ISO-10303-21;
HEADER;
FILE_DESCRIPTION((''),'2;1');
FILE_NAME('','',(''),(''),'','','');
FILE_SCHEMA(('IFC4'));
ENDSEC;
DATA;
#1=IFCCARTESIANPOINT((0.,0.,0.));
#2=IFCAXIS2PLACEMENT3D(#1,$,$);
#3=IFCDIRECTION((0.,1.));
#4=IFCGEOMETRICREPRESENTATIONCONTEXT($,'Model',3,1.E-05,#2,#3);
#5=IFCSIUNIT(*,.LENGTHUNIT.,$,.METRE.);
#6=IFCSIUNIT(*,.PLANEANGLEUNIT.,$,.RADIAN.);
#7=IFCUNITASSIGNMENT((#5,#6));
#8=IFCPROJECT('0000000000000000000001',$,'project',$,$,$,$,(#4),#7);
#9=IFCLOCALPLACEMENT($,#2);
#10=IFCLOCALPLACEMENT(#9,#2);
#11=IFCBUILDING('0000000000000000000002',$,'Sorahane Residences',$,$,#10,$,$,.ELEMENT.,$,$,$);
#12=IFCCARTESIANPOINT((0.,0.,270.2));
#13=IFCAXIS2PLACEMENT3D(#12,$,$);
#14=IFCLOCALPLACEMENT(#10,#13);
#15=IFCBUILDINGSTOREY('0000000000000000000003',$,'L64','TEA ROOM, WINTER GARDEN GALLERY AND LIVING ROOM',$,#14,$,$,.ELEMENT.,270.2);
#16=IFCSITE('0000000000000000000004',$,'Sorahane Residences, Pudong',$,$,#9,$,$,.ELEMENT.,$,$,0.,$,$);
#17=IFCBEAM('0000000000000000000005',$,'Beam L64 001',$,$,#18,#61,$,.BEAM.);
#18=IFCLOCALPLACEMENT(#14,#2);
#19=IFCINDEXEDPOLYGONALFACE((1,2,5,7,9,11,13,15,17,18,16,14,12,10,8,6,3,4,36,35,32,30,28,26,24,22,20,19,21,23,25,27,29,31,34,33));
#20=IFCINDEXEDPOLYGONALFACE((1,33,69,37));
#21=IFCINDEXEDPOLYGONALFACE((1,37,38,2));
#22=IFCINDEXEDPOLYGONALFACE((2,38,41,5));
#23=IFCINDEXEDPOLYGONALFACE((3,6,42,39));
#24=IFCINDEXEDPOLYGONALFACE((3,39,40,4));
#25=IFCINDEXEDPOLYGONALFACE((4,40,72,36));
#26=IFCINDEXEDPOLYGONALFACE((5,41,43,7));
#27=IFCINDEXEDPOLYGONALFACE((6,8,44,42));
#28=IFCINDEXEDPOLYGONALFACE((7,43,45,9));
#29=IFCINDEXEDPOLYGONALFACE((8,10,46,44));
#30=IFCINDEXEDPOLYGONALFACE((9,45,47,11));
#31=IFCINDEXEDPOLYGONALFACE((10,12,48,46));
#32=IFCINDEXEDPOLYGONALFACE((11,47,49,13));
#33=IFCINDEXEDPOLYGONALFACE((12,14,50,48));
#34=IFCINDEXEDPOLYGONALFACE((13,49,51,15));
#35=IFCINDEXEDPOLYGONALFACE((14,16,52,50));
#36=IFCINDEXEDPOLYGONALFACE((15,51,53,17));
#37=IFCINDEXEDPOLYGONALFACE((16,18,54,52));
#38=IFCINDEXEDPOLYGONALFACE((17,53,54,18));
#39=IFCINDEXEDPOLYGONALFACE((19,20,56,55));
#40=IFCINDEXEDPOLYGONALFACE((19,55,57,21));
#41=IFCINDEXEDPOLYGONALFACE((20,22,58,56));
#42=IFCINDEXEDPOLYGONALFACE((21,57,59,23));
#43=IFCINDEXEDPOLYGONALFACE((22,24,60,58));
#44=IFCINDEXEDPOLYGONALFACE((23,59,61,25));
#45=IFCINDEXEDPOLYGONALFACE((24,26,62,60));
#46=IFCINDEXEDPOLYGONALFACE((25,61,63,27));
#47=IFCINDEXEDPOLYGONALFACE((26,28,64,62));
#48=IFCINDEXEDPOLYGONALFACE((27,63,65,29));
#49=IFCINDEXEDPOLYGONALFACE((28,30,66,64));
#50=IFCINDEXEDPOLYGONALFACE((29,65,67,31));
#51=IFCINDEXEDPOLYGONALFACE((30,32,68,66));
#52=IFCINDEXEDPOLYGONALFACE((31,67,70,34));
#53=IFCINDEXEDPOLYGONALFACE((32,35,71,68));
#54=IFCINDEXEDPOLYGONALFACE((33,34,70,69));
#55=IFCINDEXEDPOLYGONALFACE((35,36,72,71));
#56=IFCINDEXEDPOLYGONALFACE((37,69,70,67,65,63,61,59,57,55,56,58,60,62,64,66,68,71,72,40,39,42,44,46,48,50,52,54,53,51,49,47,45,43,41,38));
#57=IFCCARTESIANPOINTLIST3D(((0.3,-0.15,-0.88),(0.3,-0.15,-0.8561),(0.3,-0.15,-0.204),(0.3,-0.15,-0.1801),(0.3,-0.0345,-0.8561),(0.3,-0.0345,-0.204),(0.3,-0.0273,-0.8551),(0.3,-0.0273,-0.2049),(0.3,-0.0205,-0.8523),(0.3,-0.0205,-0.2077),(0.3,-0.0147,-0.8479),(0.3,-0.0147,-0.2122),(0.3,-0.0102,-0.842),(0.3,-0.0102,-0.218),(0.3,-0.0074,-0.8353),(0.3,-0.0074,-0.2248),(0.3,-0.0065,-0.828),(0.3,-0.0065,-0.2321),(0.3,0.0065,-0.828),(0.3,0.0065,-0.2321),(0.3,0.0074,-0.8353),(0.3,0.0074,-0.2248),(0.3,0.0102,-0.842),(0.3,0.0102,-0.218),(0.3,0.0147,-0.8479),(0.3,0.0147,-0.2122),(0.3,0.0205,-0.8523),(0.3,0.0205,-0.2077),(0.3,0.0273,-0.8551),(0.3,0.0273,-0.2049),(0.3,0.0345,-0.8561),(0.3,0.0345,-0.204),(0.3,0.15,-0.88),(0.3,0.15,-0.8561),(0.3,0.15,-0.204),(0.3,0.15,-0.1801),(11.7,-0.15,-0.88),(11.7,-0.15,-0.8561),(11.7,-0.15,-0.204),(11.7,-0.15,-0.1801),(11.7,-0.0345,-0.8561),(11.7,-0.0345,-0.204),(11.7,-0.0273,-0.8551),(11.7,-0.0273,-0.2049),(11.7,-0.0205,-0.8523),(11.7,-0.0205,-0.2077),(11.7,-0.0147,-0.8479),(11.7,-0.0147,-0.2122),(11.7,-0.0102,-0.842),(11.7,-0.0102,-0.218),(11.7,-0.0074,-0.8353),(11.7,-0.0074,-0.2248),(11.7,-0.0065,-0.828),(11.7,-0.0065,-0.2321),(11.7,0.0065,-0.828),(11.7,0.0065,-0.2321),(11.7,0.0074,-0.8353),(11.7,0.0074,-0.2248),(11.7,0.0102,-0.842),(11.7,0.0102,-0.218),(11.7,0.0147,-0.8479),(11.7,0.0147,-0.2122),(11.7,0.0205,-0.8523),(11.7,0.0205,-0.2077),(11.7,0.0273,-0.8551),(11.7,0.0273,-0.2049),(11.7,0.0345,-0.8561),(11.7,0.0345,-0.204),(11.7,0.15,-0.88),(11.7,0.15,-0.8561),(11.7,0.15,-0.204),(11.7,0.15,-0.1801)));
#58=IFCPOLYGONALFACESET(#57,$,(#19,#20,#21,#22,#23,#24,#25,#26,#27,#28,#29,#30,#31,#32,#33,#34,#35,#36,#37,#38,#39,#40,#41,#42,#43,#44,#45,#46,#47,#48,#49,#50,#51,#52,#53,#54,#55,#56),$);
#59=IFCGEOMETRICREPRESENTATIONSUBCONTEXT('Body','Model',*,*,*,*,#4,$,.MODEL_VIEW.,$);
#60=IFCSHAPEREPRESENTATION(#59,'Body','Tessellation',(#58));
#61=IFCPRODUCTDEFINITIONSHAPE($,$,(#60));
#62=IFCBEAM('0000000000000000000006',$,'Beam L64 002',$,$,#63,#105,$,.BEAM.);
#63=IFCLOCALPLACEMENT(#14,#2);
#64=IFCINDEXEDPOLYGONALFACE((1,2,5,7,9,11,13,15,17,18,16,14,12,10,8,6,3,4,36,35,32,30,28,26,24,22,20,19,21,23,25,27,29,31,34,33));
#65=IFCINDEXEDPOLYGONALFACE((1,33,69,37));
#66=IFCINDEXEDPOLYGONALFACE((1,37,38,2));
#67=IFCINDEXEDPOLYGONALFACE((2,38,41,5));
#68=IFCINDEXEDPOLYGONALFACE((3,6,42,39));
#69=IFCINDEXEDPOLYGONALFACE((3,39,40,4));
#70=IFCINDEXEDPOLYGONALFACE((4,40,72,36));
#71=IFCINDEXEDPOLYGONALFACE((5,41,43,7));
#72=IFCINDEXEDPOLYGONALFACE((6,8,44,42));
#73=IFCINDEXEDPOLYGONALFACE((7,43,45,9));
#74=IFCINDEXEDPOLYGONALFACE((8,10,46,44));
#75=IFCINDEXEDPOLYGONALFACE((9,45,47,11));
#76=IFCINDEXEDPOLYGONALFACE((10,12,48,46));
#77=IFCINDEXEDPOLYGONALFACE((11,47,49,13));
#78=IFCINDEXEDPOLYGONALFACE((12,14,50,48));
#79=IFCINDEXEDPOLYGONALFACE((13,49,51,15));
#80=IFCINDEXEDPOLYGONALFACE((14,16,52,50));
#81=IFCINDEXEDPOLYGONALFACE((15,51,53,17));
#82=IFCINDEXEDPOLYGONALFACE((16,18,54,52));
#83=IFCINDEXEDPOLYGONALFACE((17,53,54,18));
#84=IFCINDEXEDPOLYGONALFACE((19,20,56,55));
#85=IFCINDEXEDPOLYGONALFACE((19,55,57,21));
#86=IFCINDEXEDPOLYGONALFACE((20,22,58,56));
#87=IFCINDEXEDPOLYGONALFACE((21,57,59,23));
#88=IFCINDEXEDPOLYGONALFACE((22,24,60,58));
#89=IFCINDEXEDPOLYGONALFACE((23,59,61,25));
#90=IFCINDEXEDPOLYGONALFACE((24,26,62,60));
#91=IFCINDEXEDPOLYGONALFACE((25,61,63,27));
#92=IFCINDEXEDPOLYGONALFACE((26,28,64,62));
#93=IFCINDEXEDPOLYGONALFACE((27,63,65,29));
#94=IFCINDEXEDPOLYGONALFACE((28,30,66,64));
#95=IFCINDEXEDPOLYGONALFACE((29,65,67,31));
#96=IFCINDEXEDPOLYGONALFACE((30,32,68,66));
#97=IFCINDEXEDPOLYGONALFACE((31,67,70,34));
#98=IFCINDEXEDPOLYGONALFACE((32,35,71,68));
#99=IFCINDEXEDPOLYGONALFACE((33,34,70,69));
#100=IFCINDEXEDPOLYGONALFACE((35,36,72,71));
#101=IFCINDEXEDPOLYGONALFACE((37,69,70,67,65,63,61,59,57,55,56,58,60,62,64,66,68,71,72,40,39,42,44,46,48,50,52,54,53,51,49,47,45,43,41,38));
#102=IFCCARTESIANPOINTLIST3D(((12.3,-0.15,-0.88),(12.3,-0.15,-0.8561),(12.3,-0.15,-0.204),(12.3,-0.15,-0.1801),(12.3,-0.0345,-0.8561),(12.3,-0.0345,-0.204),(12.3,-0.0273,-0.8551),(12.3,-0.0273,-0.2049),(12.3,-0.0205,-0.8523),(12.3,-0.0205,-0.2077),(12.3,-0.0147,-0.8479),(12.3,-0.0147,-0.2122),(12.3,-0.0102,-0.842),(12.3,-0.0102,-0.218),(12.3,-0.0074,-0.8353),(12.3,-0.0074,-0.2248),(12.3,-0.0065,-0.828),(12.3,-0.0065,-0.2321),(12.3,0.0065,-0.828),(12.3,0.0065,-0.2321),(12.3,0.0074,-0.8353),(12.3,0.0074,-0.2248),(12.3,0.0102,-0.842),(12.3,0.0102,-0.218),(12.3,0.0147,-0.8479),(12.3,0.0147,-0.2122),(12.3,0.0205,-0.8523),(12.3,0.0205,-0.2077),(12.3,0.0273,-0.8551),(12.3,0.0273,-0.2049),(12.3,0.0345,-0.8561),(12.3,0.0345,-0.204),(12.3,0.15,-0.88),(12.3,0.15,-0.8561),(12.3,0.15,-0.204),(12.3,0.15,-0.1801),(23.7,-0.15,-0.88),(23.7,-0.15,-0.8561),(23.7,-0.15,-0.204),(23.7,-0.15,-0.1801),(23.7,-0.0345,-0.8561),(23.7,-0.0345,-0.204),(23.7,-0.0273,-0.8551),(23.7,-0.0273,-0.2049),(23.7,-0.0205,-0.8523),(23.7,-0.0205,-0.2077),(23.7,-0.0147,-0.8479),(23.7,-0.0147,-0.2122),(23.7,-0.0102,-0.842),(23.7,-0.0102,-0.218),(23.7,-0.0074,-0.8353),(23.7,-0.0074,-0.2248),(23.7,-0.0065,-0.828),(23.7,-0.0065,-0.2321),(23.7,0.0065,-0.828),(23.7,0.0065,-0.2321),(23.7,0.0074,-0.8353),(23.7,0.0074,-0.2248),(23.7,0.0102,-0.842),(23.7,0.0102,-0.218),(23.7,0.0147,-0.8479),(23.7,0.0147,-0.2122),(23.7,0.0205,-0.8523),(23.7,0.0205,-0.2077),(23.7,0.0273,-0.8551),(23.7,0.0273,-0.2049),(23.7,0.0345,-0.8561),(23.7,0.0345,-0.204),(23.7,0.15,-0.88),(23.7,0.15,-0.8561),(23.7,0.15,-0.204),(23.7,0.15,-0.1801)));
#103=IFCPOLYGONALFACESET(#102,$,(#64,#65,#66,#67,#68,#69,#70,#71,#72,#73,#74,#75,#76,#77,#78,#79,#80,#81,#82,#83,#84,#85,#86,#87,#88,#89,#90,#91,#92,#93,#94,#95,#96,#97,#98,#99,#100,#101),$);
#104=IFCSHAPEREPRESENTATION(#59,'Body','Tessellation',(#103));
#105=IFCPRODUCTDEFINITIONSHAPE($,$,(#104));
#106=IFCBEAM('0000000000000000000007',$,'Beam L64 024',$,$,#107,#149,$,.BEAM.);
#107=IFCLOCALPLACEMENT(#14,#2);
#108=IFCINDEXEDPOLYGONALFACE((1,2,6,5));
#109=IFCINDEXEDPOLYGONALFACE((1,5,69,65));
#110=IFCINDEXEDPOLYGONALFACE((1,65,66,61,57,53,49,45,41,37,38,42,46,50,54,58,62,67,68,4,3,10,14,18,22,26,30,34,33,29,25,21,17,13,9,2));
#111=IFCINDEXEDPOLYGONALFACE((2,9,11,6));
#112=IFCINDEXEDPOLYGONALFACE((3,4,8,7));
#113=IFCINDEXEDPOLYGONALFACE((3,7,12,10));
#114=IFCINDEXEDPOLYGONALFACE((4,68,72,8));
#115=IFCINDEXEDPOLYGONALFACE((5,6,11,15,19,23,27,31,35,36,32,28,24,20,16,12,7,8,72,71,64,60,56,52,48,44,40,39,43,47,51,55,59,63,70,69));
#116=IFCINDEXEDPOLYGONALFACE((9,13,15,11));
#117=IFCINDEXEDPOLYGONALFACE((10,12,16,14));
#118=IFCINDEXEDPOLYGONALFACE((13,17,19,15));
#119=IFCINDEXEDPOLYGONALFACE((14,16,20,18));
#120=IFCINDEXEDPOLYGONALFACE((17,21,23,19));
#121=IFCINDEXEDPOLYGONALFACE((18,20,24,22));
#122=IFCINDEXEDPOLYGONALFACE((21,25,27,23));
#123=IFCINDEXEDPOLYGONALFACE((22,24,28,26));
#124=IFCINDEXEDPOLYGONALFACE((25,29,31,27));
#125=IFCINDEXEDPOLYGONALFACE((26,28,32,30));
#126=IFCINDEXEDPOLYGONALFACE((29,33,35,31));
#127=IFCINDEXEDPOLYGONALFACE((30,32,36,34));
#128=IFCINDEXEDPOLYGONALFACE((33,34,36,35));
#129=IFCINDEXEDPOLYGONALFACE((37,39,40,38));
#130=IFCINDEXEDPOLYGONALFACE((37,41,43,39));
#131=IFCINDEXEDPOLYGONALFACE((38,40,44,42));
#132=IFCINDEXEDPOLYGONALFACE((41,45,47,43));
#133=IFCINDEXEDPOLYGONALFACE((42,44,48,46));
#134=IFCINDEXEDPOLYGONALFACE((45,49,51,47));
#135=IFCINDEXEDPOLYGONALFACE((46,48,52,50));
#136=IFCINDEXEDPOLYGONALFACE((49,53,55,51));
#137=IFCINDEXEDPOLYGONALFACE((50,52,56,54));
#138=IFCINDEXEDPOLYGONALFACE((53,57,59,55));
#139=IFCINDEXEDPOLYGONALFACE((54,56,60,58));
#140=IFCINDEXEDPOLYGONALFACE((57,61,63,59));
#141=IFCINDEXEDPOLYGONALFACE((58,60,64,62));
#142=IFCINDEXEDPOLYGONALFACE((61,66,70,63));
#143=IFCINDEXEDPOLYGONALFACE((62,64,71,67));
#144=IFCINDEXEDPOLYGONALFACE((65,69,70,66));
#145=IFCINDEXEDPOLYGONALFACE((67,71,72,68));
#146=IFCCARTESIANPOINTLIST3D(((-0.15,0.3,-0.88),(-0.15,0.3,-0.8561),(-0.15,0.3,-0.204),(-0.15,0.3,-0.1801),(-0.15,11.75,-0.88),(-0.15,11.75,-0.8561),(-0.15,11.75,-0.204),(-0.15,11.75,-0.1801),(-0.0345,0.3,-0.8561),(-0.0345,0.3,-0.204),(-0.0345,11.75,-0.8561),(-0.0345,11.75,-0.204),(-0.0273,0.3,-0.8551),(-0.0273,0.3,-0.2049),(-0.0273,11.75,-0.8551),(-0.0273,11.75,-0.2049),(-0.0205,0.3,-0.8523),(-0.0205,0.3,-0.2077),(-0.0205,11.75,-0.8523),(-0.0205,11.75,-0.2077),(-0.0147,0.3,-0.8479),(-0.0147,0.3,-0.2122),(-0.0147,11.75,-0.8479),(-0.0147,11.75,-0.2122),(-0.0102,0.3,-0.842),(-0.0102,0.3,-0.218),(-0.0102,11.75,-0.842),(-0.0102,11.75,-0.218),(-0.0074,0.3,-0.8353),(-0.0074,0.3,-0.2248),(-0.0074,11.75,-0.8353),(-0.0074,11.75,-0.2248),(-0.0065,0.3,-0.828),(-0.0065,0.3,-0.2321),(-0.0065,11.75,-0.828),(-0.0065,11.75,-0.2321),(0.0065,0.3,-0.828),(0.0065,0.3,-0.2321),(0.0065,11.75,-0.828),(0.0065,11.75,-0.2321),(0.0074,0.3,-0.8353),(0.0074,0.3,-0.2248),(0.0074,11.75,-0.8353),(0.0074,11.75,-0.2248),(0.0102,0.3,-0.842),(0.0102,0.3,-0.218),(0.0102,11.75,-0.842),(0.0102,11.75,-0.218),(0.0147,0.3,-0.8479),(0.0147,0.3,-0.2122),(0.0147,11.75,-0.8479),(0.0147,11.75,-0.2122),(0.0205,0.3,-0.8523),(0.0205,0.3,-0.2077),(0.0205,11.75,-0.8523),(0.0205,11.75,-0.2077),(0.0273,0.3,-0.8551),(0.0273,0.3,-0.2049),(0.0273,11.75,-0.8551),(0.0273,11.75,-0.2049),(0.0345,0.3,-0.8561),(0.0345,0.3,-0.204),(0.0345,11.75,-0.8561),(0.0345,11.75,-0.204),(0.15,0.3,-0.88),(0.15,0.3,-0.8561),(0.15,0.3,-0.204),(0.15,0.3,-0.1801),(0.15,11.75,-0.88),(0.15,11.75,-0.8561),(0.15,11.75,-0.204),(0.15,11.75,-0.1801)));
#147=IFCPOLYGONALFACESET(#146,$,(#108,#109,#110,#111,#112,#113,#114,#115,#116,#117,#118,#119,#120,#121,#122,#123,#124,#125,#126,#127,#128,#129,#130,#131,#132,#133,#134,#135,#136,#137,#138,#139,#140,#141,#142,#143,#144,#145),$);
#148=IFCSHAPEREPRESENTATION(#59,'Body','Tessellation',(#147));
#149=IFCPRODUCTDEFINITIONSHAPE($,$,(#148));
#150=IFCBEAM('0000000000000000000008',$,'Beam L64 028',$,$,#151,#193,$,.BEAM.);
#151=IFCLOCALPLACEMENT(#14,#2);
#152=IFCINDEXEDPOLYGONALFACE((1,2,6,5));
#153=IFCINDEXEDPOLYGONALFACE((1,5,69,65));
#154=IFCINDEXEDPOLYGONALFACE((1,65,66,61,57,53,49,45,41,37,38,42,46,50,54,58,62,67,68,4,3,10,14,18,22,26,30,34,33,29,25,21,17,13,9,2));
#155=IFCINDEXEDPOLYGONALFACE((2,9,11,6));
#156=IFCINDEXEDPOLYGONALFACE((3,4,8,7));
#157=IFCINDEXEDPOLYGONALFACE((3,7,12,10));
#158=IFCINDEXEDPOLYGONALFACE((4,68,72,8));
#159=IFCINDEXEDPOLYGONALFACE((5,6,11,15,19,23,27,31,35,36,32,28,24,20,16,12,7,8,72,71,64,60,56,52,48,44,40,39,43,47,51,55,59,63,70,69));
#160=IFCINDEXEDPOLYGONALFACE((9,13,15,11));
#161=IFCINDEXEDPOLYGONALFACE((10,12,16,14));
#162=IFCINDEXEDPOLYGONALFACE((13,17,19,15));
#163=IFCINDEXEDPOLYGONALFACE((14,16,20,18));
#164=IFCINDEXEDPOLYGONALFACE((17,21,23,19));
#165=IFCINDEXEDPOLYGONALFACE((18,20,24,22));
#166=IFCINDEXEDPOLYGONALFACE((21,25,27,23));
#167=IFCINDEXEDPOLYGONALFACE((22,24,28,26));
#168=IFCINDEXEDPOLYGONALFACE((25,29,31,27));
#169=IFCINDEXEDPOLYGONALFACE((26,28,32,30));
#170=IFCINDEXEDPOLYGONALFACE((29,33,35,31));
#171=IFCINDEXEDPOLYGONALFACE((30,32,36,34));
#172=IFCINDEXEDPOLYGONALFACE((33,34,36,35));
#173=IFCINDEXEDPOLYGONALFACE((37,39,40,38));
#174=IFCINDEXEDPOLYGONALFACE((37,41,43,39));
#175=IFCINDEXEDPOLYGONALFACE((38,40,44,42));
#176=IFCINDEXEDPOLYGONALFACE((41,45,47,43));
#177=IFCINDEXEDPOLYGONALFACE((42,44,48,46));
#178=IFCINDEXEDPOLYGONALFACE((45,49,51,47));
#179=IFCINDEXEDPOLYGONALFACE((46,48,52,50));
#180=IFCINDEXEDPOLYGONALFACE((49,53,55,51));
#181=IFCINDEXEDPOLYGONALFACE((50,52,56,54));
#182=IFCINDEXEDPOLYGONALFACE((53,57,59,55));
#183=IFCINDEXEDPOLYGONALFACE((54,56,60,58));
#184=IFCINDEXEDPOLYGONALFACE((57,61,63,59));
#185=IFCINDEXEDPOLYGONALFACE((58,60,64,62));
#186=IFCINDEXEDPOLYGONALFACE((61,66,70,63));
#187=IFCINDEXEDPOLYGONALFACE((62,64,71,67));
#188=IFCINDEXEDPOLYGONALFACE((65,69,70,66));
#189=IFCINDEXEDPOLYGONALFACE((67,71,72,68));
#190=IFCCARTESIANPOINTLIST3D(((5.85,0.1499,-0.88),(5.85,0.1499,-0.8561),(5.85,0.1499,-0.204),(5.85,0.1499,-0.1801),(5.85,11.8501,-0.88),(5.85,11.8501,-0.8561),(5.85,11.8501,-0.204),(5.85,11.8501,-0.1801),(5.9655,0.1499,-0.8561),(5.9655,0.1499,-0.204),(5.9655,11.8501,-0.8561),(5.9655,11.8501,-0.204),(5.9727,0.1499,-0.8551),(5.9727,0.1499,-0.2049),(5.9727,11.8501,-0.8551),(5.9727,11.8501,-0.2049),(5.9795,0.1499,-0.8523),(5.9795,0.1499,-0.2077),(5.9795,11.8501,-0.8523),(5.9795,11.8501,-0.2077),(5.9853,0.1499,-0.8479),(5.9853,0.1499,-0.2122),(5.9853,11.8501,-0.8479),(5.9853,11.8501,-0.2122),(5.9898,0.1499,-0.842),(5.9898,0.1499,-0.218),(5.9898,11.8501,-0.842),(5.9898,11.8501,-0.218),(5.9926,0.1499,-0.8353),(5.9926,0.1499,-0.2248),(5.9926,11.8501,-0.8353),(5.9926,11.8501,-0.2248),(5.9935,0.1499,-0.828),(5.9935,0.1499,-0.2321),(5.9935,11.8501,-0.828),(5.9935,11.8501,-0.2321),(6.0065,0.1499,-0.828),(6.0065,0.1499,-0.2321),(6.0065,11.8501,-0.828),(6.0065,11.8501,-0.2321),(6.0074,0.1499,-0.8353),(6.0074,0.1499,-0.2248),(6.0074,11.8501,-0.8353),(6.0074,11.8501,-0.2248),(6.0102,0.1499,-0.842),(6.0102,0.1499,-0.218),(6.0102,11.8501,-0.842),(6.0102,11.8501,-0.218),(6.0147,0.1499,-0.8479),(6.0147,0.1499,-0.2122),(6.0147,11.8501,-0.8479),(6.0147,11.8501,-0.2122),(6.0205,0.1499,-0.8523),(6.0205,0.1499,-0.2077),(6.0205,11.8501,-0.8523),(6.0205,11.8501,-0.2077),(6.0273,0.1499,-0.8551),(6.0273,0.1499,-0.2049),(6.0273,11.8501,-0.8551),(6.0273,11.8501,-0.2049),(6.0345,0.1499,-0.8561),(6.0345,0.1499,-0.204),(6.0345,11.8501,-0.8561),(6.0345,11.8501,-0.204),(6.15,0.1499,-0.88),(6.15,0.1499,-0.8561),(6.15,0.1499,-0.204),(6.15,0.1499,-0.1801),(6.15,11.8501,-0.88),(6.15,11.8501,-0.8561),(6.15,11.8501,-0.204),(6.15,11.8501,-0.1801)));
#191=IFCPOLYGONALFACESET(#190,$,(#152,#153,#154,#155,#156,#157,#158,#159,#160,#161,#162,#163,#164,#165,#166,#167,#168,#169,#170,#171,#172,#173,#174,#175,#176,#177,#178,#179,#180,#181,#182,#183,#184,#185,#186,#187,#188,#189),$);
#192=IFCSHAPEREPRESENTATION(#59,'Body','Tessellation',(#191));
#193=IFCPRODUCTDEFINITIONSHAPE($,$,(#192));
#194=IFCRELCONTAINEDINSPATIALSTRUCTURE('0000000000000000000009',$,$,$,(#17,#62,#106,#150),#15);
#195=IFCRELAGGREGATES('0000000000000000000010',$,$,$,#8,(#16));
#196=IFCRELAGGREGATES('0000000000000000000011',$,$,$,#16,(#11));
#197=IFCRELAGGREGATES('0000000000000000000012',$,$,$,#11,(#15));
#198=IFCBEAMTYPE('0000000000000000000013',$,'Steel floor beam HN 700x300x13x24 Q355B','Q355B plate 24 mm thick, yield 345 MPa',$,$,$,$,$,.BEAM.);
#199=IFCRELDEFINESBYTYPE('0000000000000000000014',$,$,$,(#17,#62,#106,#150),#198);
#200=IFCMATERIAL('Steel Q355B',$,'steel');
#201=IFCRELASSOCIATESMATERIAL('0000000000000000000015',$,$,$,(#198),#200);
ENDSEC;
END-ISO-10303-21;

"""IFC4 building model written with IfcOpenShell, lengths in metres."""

from ifc_helpers import new_model, si_unit, direction, frame, origin, origin_2d, place, context, subcontext, project, spatial, i_section, extrude, material, material_profile, profile_set, type_object, element, save


model = new_model("IFC4")

# Units and contexts
model_context = context("Model", 3, precision=1e-05, world=origin(), true_north=direction((0.0, 1.0)))
body_context = subcontext(model_context, "Body", "Model", "MODEL_VIEW")
ifc_project = project(units=[si_unit("LENGTHUNIT", "METRE"), si_unit("PLANEANGLEUNIT", "RADIAN")], contexts=[model_context])

# Site, building, storey
site_placement = place(None, origin())
site = spatial("IfcSite", under=ifc_project, at=site_placement, Name="Sorahane Residences, Pudong", CompositionType="ELEMENT", RefElevation=0.0)
building_placement = place(site_placement, origin())
building = spatial("IfcBuilding", under=site, at=building_placement, Name="Sorahane Residences", CompositionType="ELEMENT")
storey_placement = place(building_placement, frame((0.0, 0.0, 270.2)))
storey = spatial("IfcBuildingStorey", under=building, at=storey_placement, Name="L64", Description="TEA ROOM, WINTER GARDEN GALLERY AND LIVING ROOM", CompositionType="ELEMENT", Elevation=270.2)

# Beams
ifc_material_1 = material(Name="Steel Q355B", Category="steel")
ifc_material_profile_1 = material_profile(ifc_material_1, i_section(OverallWidth=0.3, OverallDepth=0.7, WebThickness=0.0129, FlangeThickness=0.0239, FilletRadius=0.0281, at=origin_2d()), Name="HN 700x300x13x24")
ifc_profile_set_1 = profile_set([ifc_material_profile_1], Name="Steel Q355B")
beam_type_1 = type_object("IfcBeamType", Name="Steel floor beam HN 700x300x13x24 Q355B", Description="Q355B plate 24 mm thick, yield 345 MPa", PredefinedType="BEAM", material=ifc_profile_set_1)
for number, where, z_axis, x_axis, name in (
    (1, (0.3, 0.0, -0.53), (1.0, 0.0, 0.0), (0.0, 1.0, 0.0), "Beam L64 001"),
    (2, (12.3, 0.0, -0.53), (1.0, 0.0, 0.0), (0.0, 1.0, 0.0), "Beam L64 002"),
):
    element("IfcBeam", number, at=place(storey_placement, frame(where, z_axis=z_axis, x_axis=x_axis)), inside=storey, type_object=beam_type_1, Name=name, PredefinedType="BEAM", context=body_context, shape_type="SweptSolid", body=[
        extrude(i_section(OverallWidth=0.3, OverallDepth=0.7, WebThickness=0.0129, FlangeThickness=0.0239, FilletRadius=0.0281, at=origin_2d()), origin(), (0.0, 0.0, 1.0), 11.3999),
    ])
beam_1_placement = place(storey_placement, frame((0.0, 0.3, -0.53), z_axis=(0.0, 1.0, 0.0), x_axis=(-1.0, 0.0, 0.0)))
element("IfcBeam", 3, at=beam_1_placement, inside=storey, type_object=beam_type_1, Name="Beam L64 024", PredefinedType="BEAM", context=body_context, shape_type="SweptSolid", body=[
    extrude(i_section(OverallWidth=0.3, OverallDepth=0.7, WebThickness=0.0129, FlangeThickness=0.0239, FilletRadius=0.0281, at=origin_2d()), origin(), (0.0, 0.0, 1.0), 11.45),
])
beam_2_placement = place(storey_placement, frame((6.0, 0.1499, -0.53), z_axis=(0.0, 1.0, 0.0), x_axis=(-1.0, 0.0, 0.0)))
element("IfcBeam", 4, at=beam_2_placement, inside=storey, type_object=beam_type_1, Name="Beam L64 028", PredefinedType="BEAM", context=body_context, shape_type="SweptSolid", body=[
    extrude(i_section(OverallWidth=0.3, OverallDepth=0.7, WebThickness=0.0129, FlangeThickness=0.0239, FilletRadius=0.0281, at=origin_2d()), origin(), (0.0, 0.0, 1.0), 11.7002),
])

save(model, "model.ifc")
